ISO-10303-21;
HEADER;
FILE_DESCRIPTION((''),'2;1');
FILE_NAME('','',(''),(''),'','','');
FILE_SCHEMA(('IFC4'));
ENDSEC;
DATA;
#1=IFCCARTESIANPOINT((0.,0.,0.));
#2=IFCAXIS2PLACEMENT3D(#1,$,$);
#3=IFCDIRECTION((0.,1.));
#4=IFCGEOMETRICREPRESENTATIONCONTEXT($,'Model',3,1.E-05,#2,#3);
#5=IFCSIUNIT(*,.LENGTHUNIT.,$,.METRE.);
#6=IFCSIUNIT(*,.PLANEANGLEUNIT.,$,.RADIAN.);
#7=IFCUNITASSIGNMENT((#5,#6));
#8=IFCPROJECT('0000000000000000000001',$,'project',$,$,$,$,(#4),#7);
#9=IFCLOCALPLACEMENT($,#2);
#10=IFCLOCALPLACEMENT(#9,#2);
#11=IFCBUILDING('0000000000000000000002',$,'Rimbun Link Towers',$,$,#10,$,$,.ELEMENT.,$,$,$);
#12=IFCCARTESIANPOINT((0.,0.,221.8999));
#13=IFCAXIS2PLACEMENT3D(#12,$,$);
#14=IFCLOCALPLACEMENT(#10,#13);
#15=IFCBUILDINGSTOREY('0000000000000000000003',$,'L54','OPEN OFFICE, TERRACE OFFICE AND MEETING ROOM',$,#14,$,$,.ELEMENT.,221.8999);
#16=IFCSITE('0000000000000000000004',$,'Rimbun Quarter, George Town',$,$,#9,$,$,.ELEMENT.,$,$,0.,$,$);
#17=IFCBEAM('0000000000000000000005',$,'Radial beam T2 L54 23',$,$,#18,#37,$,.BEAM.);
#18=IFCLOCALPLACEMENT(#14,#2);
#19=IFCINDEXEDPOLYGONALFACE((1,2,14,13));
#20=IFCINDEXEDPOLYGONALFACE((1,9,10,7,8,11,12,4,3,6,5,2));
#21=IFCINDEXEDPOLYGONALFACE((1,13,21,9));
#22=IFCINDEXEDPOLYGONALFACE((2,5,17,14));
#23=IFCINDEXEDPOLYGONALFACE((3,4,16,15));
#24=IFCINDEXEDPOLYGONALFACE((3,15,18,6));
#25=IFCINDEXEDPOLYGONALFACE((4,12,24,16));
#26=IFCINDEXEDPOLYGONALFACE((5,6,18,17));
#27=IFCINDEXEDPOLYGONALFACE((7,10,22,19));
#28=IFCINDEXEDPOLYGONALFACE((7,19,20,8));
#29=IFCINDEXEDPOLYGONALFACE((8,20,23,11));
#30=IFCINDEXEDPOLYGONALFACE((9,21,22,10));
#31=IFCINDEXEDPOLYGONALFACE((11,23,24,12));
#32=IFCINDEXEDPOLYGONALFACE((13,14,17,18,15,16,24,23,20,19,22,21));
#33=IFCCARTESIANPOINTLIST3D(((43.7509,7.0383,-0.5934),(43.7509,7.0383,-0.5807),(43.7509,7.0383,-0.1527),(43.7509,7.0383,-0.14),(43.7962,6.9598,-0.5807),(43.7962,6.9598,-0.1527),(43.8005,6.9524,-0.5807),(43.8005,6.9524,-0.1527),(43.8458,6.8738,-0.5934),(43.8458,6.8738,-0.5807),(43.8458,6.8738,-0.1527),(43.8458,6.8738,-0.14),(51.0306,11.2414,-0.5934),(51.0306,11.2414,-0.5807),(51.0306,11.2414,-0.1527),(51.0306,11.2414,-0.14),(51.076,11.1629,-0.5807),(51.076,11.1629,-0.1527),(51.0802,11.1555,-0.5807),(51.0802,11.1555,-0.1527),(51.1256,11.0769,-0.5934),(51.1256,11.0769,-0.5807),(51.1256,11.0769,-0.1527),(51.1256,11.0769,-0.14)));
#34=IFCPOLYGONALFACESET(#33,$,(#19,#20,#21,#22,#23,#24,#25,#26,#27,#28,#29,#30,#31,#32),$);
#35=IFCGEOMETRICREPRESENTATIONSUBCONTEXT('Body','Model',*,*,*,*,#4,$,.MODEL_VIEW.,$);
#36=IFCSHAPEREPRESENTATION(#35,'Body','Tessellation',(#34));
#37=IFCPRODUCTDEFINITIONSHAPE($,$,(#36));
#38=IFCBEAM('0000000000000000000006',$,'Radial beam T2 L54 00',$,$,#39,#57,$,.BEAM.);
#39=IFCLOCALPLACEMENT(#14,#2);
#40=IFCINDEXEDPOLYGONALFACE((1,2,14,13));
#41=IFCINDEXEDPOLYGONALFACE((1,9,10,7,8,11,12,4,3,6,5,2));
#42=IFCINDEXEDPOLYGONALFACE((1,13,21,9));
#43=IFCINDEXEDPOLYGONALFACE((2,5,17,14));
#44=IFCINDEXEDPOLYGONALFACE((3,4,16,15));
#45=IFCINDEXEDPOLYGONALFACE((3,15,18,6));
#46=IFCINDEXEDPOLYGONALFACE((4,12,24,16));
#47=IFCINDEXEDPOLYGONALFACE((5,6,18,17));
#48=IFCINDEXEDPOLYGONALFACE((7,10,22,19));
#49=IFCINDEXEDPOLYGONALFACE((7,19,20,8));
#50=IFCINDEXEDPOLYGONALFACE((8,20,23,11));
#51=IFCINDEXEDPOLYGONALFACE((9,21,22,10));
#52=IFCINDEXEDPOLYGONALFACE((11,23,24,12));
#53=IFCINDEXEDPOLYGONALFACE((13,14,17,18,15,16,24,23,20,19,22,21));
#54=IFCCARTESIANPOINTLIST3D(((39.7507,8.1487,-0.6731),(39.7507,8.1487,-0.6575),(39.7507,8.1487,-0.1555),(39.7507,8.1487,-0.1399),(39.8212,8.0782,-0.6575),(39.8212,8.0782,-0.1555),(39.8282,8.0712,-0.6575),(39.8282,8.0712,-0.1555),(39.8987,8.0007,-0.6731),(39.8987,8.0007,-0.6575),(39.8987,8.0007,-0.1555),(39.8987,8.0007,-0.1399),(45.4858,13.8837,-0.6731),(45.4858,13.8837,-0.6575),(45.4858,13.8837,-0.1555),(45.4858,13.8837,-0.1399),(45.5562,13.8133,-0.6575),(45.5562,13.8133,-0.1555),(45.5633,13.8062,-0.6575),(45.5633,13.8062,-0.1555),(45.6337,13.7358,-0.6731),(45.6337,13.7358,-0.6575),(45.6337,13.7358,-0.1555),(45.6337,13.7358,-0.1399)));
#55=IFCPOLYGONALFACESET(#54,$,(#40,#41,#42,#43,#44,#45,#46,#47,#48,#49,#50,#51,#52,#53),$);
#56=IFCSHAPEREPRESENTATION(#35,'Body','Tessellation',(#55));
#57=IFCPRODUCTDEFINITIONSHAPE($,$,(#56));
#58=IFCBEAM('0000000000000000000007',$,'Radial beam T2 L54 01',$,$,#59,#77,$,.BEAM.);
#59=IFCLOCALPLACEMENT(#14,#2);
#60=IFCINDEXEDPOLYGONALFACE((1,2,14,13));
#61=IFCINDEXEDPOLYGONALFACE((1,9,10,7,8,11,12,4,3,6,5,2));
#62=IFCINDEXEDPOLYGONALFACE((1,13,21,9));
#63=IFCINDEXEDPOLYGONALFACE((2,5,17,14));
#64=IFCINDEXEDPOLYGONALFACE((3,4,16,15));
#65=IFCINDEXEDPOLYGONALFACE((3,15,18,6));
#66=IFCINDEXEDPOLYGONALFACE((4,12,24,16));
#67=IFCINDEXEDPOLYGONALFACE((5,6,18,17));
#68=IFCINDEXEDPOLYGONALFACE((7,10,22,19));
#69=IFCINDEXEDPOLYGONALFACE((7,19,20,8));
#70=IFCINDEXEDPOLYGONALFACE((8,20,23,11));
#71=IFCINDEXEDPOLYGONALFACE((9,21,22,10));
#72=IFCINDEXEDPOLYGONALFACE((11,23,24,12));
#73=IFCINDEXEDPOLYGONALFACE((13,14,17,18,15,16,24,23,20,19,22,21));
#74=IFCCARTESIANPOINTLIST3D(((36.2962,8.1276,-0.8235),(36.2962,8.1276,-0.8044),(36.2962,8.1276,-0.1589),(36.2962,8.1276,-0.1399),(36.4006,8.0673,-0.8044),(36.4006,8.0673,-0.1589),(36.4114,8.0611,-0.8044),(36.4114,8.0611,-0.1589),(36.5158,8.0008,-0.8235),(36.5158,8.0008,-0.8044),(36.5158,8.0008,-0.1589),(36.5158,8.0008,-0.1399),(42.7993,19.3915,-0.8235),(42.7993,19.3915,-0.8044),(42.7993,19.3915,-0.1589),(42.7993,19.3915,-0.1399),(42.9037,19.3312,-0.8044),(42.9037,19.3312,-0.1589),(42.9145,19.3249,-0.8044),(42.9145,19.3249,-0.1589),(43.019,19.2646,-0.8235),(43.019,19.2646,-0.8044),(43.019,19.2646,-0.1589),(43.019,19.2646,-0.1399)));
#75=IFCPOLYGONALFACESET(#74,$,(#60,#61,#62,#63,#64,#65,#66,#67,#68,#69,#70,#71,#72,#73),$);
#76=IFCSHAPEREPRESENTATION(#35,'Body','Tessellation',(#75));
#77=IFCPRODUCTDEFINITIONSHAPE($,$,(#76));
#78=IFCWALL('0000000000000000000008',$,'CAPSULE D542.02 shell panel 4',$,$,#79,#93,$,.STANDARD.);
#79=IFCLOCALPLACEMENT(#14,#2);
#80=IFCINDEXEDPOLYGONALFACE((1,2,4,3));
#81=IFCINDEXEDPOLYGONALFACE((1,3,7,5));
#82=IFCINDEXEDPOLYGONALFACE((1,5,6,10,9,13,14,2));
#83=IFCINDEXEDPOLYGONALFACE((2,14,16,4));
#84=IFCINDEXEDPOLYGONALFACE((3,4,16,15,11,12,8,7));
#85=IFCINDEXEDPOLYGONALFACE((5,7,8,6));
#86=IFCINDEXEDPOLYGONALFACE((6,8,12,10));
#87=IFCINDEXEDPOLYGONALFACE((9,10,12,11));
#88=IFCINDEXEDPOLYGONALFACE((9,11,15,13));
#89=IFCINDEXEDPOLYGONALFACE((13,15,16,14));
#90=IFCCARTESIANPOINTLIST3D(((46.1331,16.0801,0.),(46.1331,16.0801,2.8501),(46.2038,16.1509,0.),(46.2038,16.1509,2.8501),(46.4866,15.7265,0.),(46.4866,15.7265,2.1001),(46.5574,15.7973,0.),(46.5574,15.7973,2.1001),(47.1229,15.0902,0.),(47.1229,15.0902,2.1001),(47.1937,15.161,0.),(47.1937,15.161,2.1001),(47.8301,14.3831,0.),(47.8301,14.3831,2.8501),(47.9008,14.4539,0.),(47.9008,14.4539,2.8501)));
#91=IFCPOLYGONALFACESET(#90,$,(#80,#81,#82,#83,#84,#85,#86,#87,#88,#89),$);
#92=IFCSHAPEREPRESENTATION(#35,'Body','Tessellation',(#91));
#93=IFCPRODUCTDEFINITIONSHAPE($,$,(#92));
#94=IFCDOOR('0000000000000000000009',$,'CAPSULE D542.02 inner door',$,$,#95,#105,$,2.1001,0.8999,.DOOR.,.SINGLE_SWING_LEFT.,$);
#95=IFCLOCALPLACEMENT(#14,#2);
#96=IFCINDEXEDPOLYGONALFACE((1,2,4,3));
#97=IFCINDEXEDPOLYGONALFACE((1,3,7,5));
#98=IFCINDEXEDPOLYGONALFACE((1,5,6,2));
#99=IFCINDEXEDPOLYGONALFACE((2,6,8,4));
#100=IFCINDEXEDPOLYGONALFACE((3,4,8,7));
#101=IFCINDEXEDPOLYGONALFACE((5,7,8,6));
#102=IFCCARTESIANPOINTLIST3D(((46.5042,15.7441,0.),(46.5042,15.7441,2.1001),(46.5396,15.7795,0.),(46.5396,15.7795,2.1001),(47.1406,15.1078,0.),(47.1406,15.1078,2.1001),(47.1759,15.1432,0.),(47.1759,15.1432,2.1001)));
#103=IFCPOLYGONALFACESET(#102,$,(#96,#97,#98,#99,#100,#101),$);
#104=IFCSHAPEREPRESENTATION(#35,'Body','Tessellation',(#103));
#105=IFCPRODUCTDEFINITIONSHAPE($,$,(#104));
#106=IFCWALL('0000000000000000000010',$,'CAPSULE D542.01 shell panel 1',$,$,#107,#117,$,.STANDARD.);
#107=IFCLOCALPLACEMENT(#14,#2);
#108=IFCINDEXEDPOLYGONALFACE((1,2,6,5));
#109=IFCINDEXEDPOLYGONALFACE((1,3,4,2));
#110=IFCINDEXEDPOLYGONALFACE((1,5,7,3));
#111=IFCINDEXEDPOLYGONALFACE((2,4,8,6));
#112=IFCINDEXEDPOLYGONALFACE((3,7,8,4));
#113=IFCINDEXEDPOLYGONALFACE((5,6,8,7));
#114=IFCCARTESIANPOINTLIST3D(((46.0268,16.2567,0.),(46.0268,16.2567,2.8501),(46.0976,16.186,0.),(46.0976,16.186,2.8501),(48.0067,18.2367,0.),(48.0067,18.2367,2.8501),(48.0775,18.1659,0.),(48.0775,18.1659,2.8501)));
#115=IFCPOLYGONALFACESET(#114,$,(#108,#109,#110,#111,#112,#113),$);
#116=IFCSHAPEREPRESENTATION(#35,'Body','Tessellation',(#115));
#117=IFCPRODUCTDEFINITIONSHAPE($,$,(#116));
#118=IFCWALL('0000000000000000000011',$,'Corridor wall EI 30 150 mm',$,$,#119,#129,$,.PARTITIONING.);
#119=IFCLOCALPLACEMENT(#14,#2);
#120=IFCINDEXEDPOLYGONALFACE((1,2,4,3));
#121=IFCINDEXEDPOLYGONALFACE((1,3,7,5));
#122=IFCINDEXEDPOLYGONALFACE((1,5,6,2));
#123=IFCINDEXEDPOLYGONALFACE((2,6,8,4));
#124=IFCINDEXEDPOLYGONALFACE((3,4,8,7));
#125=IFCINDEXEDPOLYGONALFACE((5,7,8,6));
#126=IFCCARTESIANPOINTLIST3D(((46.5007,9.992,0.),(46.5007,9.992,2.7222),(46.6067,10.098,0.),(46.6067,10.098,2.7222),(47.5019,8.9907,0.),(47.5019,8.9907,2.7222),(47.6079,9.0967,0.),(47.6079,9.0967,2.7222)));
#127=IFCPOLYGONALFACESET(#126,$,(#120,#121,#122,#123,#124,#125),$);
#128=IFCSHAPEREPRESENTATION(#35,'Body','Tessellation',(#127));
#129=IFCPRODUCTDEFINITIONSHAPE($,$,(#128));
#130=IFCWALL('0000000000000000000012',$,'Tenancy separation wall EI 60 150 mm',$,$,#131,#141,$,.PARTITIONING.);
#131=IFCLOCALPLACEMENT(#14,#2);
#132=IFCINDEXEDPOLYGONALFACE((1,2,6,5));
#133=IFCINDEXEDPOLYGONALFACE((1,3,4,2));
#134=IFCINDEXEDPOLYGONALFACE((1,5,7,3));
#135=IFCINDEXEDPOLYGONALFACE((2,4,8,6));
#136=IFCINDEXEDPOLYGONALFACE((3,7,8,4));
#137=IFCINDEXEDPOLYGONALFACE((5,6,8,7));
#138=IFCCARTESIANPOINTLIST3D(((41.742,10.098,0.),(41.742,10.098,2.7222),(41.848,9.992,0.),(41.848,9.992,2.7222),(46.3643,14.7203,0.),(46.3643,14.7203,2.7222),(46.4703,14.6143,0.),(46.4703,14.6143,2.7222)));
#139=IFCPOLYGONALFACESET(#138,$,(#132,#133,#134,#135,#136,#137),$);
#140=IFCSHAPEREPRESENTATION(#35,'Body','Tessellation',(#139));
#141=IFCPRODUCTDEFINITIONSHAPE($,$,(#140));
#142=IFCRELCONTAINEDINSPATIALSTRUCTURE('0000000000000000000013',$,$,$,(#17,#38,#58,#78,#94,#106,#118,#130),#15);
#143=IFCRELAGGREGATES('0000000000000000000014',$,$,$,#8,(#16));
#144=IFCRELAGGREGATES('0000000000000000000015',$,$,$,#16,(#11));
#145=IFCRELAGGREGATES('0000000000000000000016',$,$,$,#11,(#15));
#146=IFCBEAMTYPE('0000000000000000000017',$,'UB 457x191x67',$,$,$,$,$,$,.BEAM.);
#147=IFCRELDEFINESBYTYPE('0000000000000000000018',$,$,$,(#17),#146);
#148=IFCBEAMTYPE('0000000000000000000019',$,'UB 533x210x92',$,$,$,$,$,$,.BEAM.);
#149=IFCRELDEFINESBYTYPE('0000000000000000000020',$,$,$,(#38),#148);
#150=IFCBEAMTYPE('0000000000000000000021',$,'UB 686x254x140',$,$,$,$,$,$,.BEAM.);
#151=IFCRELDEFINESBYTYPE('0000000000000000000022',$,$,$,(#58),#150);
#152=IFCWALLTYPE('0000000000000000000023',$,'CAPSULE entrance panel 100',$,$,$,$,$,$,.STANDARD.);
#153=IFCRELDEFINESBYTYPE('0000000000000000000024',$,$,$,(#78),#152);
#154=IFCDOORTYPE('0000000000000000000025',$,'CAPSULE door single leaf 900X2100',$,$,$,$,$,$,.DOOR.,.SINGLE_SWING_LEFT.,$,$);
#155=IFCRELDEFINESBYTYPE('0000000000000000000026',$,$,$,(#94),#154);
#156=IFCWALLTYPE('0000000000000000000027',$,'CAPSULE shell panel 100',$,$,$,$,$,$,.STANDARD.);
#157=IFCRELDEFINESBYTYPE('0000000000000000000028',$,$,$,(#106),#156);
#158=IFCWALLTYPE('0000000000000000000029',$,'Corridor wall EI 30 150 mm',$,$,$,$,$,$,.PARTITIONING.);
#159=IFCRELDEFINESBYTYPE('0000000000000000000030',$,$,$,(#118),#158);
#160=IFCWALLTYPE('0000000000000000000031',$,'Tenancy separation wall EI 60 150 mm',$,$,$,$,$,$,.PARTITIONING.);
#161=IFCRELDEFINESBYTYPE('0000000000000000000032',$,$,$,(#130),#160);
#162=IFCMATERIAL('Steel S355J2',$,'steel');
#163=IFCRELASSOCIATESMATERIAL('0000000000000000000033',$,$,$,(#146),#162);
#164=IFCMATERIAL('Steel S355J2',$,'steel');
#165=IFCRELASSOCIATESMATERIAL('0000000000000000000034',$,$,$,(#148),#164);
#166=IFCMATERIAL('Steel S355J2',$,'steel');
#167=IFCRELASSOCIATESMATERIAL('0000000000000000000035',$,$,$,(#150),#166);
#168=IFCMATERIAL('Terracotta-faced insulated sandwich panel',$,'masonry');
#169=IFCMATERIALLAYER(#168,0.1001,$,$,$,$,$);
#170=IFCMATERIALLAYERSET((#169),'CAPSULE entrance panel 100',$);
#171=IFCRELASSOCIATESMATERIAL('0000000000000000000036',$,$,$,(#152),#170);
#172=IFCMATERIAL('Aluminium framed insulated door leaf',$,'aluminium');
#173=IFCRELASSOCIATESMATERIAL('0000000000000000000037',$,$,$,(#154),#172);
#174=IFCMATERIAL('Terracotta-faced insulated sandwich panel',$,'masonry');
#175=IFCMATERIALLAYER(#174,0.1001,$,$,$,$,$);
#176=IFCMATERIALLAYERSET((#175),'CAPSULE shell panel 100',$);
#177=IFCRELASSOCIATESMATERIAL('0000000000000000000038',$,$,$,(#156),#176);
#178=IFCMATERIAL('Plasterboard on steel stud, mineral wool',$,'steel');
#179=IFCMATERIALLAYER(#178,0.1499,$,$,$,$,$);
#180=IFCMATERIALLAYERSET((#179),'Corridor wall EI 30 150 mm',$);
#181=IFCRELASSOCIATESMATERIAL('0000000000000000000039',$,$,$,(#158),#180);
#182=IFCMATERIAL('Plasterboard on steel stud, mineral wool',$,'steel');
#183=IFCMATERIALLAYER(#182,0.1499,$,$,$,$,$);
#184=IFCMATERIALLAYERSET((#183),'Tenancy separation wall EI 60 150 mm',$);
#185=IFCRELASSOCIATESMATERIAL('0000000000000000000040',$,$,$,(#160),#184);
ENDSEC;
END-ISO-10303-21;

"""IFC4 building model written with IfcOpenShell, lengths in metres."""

from ifc_helpers import new_model, si_unit, direction, frame, frame_2d, origin, origin_2d, place, context, subcontext, project, spatial, rectangle, i_section, extrude, material, layer, layer_set, material_profile, profile_set, type_object, element, fill, save


model = new_model("IFC4")

# Units and contexts
model_context = context("Model", 3, precision=1e-05, world=origin(), true_north=direction((0.0, 1.0)))
body_context = subcontext(model_context, "Body", "Model", "MODEL_VIEW")
ifc_project = project(units=[si_unit("LENGTHUNIT", "METRE"), si_unit("PLANEANGLEUNIT", "RADIAN")], contexts=[model_context])

# Site, building, storey
site_placement = place(None, origin())
site = spatial("IfcSite", under=ifc_project, at=site_placement, Name="Rimbun Quarter, George Town", CompositionType="ELEMENT", RefElevation=0.0)
building_placement = place(site_placement, origin())
building = spatial("IfcBuilding", under=site, at=building_placement, Name="Rimbun Link Towers", CompositionType="ELEMENT")
storey_placement = place(building_placement, frame((0.0, 0.0, 221.8999)))
storey = spatial("IfcBuildingStorey", under=building, at=storey_placement, Name="L54", Description="OPEN OFFICE, TERRACE OFFICE AND MEETING ROOM", CompositionType="ELEMENT", Elevation=221.8999)

# Beams
ifc_material_1 = material(Name="Steel S355J2", Category="steel")
ifc_material_profile_1 = material_profile(ifc_material_1, i_section(OverallWidth=0.1899, OverallDepth=0.4534, WebThickness=0.0085, FlangeThickness=0.0127, at=origin_2d()), Name="UB 457x191x67")
ifc_profile_set_1 = profile_set([ifc_material_profile_1], Name="Steel S355J2")
beam_type_1 = type_object("IfcBeamType", Name="UB 457x191x67", PredefinedType="BEAM", material=ifc_profile_set_1)
beam_1_placement = place(storey_placement, frame((43.7983, 6.9561, -0.3667), z_axis=(0.866018, 0.500012, 0.0), x_axis=(-0.500012, 0.866018, 0.0)))
element("IfcBeam", 1, at=beam_1_placement, inside=storey, type_object=beam_type_1, Name="Radial beam T2 L54 23", PredefinedType="BEAM", context=body_context, shape_type="SweptSolid", body=[
    extrude(i_section(OverallWidth=0.1899, OverallDepth=0.4534, WebThickness=0.0085, FlangeThickness=0.0127, at=origin_2d()), origin(), (0.0, 0.0, 1.0), 8.406),
])
ifc_material_2 = material(Name="Steel S355J2", Category="steel")
ifc_material_profile_2 = material_profile(ifc_material_2, i_section(OverallWidth=0.2092, OverallDepth=0.5332, WebThickness=0.01, FlangeThickness=0.0156, at=origin_2d()), Name="UB 533x210x92")
ifc_profile_set_2 = profile_set([ifc_material_profile_2], Name="Steel S355J2")
beam_type_2 = type_object("IfcBeamType", Name="UB 533x210x92", PredefinedType="BEAM", material=ifc_profile_set_2)
beam_2_placement = place(storey_placement, frame((39.8247, 8.0747, -0.4065), z_axis=(0.707107, 0.707107, 0.0), x_axis=(-0.707107, 0.707107, 0.0)))
element("IfcBeam", 2, at=beam_2_placement, inside=storey, type_object=beam_type_2, Name="Radial beam T2 L54 00", PredefinedType="BEAM", context=body_context, shape_type="SweptSolid", body=[
    extrude(i_section(OverallWidth=0.2092, OverallDepth=0.5332, WebThickness=0.01, FlangeThickness=0.0156, at=origin_2d()), origin(), (0.0, 0.0, 1.0), 8.1106),
])
ifc_material_3 = material(Name="Steel S355J2", Category="steel")
ifc_material_profile_3 = material_profile(ifc_material_3, i_section(OverallWidth=0.2537, OverallDepth=0.6836, WebThickness=0.0125, FlangeThickness=0.019, at=origin_2d()), Name="UB 686x254x140")
ifc_profile_set_3 = profile_set([ifc_material_profile_3], Name="Steel S355J2")
beam_type_3 = type_object("IfcBeamType", Name="UB 686x254x140", PredefinedType="BEAM", material=ifc_profile_set_3)
beam_3_placement = place(storey_placement, frame((36.406, 8.0642, -0.4817), z_axis=(0.499997, 0.866027, 0.0), x_axis=(-0.866027, 0.499997, 0.0)))
element("IfcBeam", 3, at=beam_3_placement, inside=storey, type_object=beam_type_3, Name="Radial beam T2 L54 01", PredefinedType="BEAM", context=body_context, shape_type="SweptSolid", body=[
    extrude(i_section(OverallWidth=0.2537, OverallDepth=0.6836, WebThickness=0.0125, FlangeThickness=0.019, at=origin_2d()), origin(), (0.0, 0.0, 1.0), 13.0063),
])

# Wall, opening, door
ifc_material_4 = material(Name="Terracotta-faced insulated sandwich panel", Category="masonry")
ifc_layer_1 = layer(ifc_material_4, 0.1001)
ifc_layer_set_1 = layer_set([ifc_layer_1], Name="CAPSULE entrance panel 100")
wall_type_1 = type_object("IfcWallType", Name="CAPSULE entrance panel 100", PredefinedType="STANDARD", material=ifc_layer_set_1)
wall_1_placement = place(storey_placement, frame((46.1685, 16.1155, 0.0), z_axis=(0.0, 0.0, 1.0), x_axis=(0.707107, -0.707107, 0.0)))
wall_1 = element("IfcWall", 4, at=wall_1_placement, inside=storey, type_object=wall_type_1, Name="CAPSULE D542.02 shell panel 4", PredefinedType="STANDARD", context=body_context, shape_type="SweptSolid", body=[
    extrude(rectangle(XDim=2.3999, YDim=0.1001, at=frame_2d((1.2, 0.0))), origin(), (0.0, 0.0, 1.0), 2.8501),
])
opening_placement = place(wall_1_placement, frame((0.5, 0.0, 0.0)))
opening = element("IfcOpeningElement", 5, at=opening_placement, cuts=wall_1, PredefinedType="OPENING", context=body_context, shape_type="SweptSolid", body=[
    extrude(rectangle(XDim=0.8999, YDim=2.1001, at=frame_2d((0.45, 1.05))), frame((0.0, 0.0601, 0.0), z_axis=(0.0, -1.0, 0.0), x_axis=(1.0, 0.0, 0.0)), (0.0, 0.0, 1.0), 0.1201),
])
ifc_material_5 = material(Name="Aluminium framed insulated door leaf", Category="aluminium")
door_type = type_object("IfcDoorType", Name="CAPSULE door single leaf 900X2100", OperationType="SINGLE_SWING_LEFT", PredefinedType="DOOR", material=ifc_material_5)
door_placement = place(opening_placement, origin())
door = element("IfcDoor", 6, at=door_placement, inside=storey, type_object=door_type, Name="CAPSULE D542.02 inner door", OperationType="SINGLE_SWING_LEFT", OverallHeight=2.1001, OverallWidth=0.8999, PredefinedType="DOOR", context=body_context, shape_type="SweptSolid", body=[
    extrude(rectangle(XDim=0.8999, YDim=2.1001, at=frame_2d((0.45, 1.05))), frame((0.0, 0.0249, 0.0), z_axis=(0.0, -1.0, 0.0), x_axis=(1.0, 0.0, 0.0)), (0.0, 0.0, 1.0), 0.05),
])
fill(opening, door)

# Walls
ifc_material_6 = material(Name="Terracotta-faced insulated sandwich panel", Category="masonry")
ifc_layer_2 = layer(ifc_material_6, 0.1001)
ifc_layer_set_2 = layer_set([ifc_layer_2], Name="CAPSULE shell panel 100")
wall_type_2 = type_object("IfcWallType", Name="CAPSULE shell panel 100", PredefinedType="STANDARD", material=ifc_layer_set_2)
wall_2_placement = place(storey_placement, frame((46.0623, 16.2214, 0.0), z_axis=(0.0, 0.0, 1.0), x_axis=(0.707107, 0.707107, 0.0)))
element("IfcWall", 7, at=wall_2_placement, inside=storey, type_object=wall_type_2, Name="CAPSULE D542.01 shell panel 1", PredefinedType="STANDARD", context=body_context, shape_type="SweptSolid", body=[
    extrude(rectangle(XDim=2.8, YDim=0.1001, at=frame_2d((1.3999, 0.0))), origin(), (0.0, 0.0, 1.0), 2.8501),
])
ifc_material_7 = material(Name="Plasterboard on steel stud, mineral wool", Category="steel")
ifc_layer_3 = layer(ifc_material_7, 0.1499)
ifc_layer_set_3 = layer_set([ifc_layer_3], Name="Corridor wall EI 30 150 mm")
wall_type_3 = type_object("IfcWallType", Name="Corridor wall EI 30 150 mm", PredefinedType="PARTITIONING", material=ifc_layer_set_3)
wall_3_placement = place(storey_placement, frame((47.5549, 9.0437, 0.0), z_axis=(0.0, 0.0, 1.0), x_axis=(-0.707107, 0.707107, 0.0)))
element("IfcWall", 8, at=wall_3_placement, inside=storey, type_object=wall_type_3, Name="Corridor wall EI 30 150 mm", PredefinedType="PARTITIONING", context=body_context, shape_type="SweptSolid", body=[
    extrude(rectangle(XDim=1.416, YDim=0.1499, at=frame_2d((0.708, 0.0))), origin(), (0.0, 0.0, 1.0), 2.7222),
])
ifc_material_8 = material(Name="Plasterboard on steel stud, mineral wool", Category="steel")
ifc_layer_4 = layer(ifc_material_8, 0.1499)
ifc_layer_set_4 = layer_set([ifc_layer_4], Name="Tenancy separation wall EI 60 150 mm")
wall_type_4 = type_object("IfcWallType", Name="Tenancy separation wall EI 60 150 mm", PredefinedType="PARTITIONING", material=ifc_layer_set_4)
wall_4_placement = place(storey_placement, frame((41.7949, 10.0449, 0.0), z_axis=(0.0, 0.0, 1.0), x_axis=(0.707107, 0.707107, 0.0)))
element("IfcWall", 9, at=wall_4_placement, inside=storey, type_object=wall_type_4, Name="Tenancy separation wall EI 60 150 mm", PredefinedType="PARTITIONING", context=body_context, shape_type="SweptSolid", body=[
    extrude(rectangle(XDim=6.5369, YDim=0.1499, at=frame_2d((3.2686, 0.0))), origin(), (0.0, 0.0, 1.0), 2.7222),
])

save(model, "model.ifc")
